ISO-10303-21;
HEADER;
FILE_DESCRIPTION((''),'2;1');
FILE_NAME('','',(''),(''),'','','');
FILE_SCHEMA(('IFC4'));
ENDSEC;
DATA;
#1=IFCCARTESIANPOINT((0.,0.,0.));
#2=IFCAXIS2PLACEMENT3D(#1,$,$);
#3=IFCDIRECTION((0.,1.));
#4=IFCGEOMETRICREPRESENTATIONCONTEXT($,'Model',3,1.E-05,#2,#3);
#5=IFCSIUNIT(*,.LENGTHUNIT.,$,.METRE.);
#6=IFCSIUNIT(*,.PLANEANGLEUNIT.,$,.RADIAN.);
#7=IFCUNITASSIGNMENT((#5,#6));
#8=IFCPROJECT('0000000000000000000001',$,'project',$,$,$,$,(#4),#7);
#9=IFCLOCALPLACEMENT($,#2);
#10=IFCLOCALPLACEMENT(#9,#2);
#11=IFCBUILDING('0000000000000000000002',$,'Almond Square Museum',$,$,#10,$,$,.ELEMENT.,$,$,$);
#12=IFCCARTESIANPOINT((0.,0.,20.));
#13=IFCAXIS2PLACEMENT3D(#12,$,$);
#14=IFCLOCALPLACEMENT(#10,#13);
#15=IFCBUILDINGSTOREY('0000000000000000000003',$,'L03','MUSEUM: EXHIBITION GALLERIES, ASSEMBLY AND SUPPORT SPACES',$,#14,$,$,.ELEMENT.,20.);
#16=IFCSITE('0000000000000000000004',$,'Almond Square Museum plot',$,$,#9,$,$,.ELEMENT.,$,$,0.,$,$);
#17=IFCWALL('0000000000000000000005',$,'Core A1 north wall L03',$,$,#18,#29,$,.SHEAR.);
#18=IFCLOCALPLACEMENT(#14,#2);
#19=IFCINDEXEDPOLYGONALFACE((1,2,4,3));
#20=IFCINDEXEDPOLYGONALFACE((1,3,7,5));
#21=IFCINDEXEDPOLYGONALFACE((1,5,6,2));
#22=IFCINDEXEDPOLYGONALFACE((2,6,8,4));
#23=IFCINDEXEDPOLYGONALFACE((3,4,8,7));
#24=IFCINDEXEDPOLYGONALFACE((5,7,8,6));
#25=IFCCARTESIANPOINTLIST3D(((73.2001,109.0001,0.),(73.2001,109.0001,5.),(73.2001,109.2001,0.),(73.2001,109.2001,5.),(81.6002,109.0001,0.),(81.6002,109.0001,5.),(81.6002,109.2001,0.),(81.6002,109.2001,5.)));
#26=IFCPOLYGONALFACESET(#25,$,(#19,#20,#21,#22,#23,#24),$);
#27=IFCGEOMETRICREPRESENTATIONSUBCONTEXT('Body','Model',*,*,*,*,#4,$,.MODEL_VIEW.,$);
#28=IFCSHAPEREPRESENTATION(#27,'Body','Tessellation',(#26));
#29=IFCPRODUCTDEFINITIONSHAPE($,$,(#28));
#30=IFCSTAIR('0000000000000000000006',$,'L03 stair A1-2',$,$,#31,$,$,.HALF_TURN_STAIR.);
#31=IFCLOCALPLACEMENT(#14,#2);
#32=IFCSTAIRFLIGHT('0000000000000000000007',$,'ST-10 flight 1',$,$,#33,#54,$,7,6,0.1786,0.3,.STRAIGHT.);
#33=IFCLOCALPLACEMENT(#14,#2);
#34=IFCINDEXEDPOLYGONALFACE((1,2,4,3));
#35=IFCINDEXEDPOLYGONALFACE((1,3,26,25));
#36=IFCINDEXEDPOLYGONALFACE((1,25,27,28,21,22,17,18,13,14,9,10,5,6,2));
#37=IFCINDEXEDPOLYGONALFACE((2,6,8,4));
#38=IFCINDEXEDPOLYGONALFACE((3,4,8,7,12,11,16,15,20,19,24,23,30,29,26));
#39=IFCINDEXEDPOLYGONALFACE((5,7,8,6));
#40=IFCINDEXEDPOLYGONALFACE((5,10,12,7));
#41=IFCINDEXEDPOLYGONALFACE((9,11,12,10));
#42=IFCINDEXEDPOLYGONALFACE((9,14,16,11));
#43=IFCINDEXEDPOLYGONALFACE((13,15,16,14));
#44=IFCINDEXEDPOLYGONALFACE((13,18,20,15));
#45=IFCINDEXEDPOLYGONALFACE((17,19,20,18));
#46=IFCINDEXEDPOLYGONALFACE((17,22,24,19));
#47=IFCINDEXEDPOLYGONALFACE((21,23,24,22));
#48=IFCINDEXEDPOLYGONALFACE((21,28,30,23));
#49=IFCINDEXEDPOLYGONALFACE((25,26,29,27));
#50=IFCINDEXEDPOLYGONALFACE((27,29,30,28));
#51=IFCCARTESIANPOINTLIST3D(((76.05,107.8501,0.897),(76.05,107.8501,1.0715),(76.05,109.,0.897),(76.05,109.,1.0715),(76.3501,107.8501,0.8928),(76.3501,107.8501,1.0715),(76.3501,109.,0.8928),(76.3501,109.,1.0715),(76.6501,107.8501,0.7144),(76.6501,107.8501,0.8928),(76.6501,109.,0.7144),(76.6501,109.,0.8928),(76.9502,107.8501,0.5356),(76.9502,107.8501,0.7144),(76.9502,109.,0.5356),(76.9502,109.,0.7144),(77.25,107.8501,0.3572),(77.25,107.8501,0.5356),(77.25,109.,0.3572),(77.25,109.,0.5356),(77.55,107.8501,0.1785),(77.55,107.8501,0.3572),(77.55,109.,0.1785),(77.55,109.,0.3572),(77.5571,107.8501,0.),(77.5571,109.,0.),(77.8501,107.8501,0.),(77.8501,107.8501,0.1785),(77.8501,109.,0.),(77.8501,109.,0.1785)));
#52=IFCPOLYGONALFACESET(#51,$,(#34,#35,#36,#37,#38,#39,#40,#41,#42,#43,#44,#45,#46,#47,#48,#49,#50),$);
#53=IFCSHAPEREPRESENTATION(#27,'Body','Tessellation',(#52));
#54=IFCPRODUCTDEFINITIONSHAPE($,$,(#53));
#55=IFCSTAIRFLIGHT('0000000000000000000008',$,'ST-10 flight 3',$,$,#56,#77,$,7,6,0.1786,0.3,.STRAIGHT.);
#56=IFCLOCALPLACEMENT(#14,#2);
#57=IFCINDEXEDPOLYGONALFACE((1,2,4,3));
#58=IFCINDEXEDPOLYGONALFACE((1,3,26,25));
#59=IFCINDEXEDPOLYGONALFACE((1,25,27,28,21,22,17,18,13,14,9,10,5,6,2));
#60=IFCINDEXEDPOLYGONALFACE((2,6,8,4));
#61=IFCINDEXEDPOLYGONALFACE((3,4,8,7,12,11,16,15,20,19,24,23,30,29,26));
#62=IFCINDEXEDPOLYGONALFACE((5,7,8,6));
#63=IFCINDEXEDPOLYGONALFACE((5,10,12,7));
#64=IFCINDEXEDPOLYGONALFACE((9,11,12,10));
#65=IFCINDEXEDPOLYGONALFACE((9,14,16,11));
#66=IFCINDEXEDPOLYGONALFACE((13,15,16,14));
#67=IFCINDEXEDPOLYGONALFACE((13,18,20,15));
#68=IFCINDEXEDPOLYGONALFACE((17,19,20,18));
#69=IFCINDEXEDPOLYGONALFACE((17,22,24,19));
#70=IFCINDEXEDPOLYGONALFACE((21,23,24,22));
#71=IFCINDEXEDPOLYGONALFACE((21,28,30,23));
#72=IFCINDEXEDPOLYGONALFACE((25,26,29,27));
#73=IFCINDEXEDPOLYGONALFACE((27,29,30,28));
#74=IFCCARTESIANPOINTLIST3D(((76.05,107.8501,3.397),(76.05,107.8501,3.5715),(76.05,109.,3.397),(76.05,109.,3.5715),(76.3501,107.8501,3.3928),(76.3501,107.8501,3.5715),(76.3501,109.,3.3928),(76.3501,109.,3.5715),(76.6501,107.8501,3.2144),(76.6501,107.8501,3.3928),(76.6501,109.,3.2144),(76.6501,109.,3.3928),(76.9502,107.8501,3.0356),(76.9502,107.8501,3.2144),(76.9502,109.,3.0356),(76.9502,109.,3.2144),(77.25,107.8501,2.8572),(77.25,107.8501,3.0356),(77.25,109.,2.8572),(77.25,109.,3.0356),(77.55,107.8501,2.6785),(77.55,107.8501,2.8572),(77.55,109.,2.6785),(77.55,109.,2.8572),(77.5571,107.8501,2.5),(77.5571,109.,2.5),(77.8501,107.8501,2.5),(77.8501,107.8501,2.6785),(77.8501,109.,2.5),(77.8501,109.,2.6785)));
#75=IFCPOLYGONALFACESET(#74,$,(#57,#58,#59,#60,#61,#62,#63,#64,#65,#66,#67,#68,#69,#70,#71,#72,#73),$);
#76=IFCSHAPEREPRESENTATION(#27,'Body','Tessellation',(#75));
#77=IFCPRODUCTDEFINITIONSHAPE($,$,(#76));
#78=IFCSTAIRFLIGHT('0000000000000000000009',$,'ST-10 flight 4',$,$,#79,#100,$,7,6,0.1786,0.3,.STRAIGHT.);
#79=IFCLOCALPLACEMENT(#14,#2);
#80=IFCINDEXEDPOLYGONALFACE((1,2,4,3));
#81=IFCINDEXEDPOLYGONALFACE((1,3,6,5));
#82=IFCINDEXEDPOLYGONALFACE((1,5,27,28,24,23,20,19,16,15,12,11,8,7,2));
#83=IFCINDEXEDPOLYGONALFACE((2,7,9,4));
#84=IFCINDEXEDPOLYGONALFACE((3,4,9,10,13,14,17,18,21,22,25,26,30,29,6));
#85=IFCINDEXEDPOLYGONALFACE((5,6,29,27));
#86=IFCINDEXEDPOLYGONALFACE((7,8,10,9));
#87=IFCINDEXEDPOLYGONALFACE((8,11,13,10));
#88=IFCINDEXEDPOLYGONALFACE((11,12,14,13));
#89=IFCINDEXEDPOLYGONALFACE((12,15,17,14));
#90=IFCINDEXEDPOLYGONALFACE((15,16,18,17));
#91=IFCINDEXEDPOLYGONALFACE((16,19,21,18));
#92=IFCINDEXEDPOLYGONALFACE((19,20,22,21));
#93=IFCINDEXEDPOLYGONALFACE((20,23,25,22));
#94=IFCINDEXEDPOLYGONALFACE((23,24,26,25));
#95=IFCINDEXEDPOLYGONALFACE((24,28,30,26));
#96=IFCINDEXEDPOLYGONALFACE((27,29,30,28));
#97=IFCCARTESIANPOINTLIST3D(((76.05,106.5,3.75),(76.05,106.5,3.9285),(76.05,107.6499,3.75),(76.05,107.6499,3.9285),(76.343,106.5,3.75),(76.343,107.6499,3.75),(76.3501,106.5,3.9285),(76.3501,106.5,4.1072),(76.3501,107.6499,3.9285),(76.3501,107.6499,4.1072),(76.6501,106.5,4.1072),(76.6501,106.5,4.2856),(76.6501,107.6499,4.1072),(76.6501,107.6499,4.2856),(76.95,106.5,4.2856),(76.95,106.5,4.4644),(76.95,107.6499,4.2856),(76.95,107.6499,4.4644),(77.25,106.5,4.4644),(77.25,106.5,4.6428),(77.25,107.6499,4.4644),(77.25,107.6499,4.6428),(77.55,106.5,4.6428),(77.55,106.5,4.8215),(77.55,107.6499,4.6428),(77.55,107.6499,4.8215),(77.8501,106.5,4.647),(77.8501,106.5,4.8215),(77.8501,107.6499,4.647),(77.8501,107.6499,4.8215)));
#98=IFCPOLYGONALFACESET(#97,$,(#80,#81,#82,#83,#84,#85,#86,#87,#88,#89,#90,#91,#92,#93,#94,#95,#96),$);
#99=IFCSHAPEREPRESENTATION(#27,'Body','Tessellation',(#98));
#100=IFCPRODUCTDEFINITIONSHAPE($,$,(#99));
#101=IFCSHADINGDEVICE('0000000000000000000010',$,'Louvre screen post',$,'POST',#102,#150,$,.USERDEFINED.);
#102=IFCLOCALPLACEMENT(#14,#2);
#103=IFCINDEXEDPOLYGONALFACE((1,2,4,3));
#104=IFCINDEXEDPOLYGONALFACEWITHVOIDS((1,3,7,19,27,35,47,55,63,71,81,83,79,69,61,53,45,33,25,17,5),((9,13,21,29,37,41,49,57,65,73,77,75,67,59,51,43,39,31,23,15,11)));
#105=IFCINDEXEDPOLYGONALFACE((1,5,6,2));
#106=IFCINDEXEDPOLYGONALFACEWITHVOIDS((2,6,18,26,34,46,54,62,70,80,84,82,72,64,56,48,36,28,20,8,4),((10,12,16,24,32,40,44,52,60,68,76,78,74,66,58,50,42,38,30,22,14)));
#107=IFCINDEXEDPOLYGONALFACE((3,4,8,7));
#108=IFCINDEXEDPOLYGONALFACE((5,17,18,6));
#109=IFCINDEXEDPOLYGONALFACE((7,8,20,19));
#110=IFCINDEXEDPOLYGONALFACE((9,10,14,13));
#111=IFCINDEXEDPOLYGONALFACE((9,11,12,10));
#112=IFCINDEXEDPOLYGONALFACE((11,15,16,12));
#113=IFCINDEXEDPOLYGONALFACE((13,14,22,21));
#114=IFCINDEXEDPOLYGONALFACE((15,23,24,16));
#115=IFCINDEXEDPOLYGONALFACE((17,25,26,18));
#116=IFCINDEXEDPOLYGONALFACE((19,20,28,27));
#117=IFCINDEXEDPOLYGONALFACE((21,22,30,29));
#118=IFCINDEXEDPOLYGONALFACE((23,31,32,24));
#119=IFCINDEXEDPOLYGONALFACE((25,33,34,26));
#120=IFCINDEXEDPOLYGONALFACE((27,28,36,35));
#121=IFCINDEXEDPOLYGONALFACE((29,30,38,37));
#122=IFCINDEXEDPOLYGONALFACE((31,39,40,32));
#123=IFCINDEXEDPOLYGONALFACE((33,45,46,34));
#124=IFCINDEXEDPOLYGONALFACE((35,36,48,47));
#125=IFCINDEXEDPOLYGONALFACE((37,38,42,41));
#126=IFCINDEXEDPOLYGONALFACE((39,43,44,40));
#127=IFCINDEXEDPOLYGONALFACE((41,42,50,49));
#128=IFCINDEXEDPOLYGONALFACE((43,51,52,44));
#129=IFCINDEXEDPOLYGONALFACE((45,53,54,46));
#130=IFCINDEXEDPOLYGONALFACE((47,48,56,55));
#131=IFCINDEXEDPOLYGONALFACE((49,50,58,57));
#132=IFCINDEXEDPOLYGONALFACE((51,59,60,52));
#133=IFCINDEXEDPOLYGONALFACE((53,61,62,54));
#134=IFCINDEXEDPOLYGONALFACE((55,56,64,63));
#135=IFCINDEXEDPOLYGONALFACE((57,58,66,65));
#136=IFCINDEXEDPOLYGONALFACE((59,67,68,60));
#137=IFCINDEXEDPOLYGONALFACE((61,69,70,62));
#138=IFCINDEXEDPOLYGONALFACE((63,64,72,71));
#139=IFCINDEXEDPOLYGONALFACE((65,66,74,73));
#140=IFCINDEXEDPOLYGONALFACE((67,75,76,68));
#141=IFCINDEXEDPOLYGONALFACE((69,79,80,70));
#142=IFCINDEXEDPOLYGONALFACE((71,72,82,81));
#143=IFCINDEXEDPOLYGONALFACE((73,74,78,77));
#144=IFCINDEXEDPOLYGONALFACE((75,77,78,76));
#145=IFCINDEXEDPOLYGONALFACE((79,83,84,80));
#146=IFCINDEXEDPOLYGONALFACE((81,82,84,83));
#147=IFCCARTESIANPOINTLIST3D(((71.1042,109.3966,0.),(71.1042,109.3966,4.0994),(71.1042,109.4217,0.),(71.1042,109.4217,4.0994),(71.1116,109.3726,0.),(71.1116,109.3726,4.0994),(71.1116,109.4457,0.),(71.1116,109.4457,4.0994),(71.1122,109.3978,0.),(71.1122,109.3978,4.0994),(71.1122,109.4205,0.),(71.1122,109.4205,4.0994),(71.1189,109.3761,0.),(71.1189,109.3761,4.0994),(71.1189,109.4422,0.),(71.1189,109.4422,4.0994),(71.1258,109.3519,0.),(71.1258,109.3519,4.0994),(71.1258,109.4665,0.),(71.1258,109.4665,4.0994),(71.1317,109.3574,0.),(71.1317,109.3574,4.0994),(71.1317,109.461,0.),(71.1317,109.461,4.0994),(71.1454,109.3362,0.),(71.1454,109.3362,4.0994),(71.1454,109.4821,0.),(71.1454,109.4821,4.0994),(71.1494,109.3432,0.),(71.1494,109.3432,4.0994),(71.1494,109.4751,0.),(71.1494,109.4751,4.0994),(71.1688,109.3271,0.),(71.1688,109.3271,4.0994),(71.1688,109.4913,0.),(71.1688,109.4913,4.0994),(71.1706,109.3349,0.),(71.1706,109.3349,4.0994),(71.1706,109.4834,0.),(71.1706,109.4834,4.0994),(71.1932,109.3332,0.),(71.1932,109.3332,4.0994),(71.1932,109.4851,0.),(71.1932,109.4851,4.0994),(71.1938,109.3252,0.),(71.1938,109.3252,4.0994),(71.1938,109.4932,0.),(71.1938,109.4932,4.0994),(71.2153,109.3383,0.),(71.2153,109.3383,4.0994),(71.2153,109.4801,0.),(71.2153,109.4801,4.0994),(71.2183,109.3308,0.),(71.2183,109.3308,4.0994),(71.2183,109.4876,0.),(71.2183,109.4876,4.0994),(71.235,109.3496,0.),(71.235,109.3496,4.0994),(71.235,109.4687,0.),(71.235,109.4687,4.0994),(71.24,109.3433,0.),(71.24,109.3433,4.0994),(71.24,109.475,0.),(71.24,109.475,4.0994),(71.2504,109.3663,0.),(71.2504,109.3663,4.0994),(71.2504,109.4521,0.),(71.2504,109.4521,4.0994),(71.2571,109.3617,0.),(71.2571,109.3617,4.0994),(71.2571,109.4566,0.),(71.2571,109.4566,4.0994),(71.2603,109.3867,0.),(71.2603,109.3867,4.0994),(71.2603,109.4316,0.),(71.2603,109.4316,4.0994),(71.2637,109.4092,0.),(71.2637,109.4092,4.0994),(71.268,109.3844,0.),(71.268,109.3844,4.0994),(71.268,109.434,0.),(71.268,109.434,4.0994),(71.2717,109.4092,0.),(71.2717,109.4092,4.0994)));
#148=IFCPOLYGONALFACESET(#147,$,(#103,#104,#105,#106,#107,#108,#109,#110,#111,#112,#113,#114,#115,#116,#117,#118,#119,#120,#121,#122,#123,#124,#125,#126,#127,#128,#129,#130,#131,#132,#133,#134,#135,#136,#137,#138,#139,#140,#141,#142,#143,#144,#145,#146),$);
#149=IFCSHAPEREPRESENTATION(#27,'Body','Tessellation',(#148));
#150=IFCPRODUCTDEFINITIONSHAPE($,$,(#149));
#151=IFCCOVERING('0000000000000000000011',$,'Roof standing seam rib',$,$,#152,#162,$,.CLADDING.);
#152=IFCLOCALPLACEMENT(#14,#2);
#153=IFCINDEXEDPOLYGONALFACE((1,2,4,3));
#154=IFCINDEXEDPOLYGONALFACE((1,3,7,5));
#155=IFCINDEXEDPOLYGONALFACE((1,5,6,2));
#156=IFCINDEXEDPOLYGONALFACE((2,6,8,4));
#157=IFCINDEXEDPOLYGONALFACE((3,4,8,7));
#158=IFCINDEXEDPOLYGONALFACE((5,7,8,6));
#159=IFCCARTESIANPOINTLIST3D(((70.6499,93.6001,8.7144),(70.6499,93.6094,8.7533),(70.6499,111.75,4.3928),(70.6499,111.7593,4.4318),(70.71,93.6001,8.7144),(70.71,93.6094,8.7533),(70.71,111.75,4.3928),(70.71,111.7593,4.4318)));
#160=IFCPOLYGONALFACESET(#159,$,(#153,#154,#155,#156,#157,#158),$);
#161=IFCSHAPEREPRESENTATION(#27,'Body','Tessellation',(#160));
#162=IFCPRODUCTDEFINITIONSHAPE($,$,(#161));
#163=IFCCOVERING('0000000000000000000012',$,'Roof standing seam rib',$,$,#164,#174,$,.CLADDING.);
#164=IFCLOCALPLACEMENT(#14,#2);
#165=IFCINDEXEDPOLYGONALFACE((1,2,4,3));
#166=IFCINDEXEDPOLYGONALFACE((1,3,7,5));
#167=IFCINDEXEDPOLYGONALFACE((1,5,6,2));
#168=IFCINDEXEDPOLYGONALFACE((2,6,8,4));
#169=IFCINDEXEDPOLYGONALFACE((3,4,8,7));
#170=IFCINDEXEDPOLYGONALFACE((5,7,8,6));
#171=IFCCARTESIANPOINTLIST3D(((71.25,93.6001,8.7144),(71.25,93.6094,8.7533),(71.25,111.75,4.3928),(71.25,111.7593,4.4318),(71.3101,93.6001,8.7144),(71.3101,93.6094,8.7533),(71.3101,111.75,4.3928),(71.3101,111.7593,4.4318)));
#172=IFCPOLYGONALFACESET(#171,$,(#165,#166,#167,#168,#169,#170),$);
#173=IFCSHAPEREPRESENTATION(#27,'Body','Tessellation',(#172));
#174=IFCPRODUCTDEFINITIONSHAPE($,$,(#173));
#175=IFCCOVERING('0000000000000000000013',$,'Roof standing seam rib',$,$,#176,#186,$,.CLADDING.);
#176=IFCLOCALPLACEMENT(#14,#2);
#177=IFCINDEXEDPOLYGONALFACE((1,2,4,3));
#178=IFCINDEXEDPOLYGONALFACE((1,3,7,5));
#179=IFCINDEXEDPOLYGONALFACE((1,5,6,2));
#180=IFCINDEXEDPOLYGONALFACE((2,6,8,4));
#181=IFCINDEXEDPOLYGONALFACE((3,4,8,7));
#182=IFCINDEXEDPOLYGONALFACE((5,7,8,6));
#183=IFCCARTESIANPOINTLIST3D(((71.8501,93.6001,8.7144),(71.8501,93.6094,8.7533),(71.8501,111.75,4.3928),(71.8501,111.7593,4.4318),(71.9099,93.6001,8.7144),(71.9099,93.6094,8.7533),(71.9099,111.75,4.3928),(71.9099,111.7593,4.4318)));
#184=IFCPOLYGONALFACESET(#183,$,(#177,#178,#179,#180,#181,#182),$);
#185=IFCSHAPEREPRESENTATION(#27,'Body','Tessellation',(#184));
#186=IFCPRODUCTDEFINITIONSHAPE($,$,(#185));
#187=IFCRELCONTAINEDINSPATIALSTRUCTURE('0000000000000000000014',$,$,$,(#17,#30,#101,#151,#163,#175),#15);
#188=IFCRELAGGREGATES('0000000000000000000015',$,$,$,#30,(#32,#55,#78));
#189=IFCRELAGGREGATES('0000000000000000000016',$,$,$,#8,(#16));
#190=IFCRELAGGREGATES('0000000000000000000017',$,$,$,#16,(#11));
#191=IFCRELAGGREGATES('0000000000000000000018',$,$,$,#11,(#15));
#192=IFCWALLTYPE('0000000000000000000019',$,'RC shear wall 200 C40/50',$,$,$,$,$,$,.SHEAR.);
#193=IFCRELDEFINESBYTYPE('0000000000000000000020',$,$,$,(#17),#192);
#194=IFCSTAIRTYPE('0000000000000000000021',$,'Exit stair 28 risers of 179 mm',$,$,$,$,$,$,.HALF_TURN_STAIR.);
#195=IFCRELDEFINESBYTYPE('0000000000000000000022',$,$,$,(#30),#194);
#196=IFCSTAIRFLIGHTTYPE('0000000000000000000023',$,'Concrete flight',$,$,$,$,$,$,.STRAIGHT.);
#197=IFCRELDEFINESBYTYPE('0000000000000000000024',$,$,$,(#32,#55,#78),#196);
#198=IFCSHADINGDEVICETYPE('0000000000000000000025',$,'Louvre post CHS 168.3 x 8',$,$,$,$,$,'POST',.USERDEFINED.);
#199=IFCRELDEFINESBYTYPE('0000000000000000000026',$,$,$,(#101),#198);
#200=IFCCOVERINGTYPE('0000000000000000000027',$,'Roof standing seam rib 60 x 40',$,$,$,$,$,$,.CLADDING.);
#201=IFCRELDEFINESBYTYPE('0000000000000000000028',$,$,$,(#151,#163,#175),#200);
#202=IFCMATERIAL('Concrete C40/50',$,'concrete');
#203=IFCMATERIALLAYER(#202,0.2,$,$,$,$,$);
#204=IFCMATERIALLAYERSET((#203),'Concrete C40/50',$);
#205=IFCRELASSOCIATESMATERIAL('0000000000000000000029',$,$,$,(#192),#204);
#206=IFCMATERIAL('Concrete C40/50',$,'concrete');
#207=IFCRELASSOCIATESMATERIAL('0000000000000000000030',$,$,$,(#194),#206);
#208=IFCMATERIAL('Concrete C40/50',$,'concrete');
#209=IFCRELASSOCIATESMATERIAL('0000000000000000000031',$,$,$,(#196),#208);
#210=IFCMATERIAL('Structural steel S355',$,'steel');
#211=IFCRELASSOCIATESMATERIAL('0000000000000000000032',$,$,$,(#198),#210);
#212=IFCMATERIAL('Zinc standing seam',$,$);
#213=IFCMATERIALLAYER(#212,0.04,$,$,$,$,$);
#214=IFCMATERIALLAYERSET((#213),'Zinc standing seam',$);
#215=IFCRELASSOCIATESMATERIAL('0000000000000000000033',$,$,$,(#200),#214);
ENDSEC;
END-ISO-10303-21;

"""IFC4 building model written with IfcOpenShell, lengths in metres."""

from ifc_helpers import new_model, si_unit, direction, frame, frame_2d, origin, origin_2d, place, context, subcontext, project, spatial, polyline, rectangle, hollow_circle, outline, extrude, material, layer, layer_set, material_profile, profile_set, type_object, element, aggregate, save


model = new_model("IFC4")

# Units and contexts
model_context = context("Model", 3, precision=1e-05, world=origin(), true_north=direction((0.0, 1.0)))
body_context = subcontext(model_context, "Body", "Model", "MODEL_VIEW")
ifc_project = project(units=[si_unit("LENGTHUNIT", "METRE"), si_unit("PLANEANGLEUNIT", "RADIAN")], contexts=[model_context])

# Site, building, storey
site_placement = place(None, origin())
site = spatial("IfcSite", under=ifc_project, at=site_placement, Name="Almond Square Museum plot", CompositionType="ELEMENT", RefElevation=0.0)
building_placement = place(site_placement, origin())
building = spatial("IfcBuilding", under=site, at=building_placement, Name="Almond Square Museum", CompositionType="ELEMENT")
storey_placement = place(building_placement, frame((0.0, 0.0, 20.0)))
storey = spatial("IfcBuildingStorey", under=building, at=storey_placement, Name="L03", Description="MUSEUM: EXHIBITION GALLERIES, ASSEMBLY AND SUPPORT SPACES", CompositionType="ELEMENT", Elevation=20.0)

# Wall
ifc_material_1 = material(Name="Concrete C40/50", Category="concrete")
ifc_layer_1 = layer(ifc_material_1, 0.2)
ifc_layer_set_1 = layer_set([ifc_layer_1], Name="Concrete C40/50")
wall_type = type_object("IfcWallType", Name="RC shear wall 200 C40/50", PredefinedType="SHEAR", material=ifc_layer_set_1)
wall_placement = place(storey_placement, frame((73.2, 109.1001, 0.0), z_axis=(0.0, 0.0, 1.0), x_axis=(1.0, 0.0, 0.0)))
element("IfcWall", 1, at=wall_placement, inside=storey, type_object=wall_type, Name="Core A1 north wall L03", PredefinedType="SHEAR", context=body_context, shape_type="SweptSolid", body=[
    extrude(rectangle(XDim=8.4001, YDim=0.2, at=frame_2d((4.2002, 0.0))), origin(), (0.0, 0.0, 1.0), 5.0),
])

# Stair, stair flights
ifc_material_2 = material(Name="Concrete C40/50", Category="concrete")
stair_type = type_object("IfcStairType", Name="Exit stair 28 risers of 179 mm", PredefinedType="HALF_TURN_STAIR", material=ifc_material_2)
stair_placement = place(storey_placement, origin())
stair = element("IfcStair", 2, at=stair_placement, inside=storey, type_object=stair_type, Name="L03 stair A1-2", PredefinedType="HALF_TURN_STAIR")
ifc_material_3 = material(Name="Concrete C40/50", Category="concrete")
stair_flight_type = type_object("IfcStairFlightType", Name="Concrete flight", PredefinedType="STRAIGHT", material=ifc_material_3)
stair_flight_1_placement = place(storey_placement, frame((77.8501, 108.425, 0.0), z_axis=(0.0, 0.0, 1.0), x_axis=(-1.0, 0.0, 0.0)))
stair_flight_1 = element("IfcStairFlight", 3, at=stair_flight_1_placement, type_object=stair_flight_type, Name="ST-10 flight 1", NumberOfRisers=7, NumberOfTreads=6, PredefinedType="STRAIGHT", RiserHeight=0.1786, TreadLength=0.3, context=body_context, shape_type="SweptSolid", body=[
    extrude(outline(polyline([(0.0, 0.0), (0.0, 0.1785), (0.3, 0.1785), (0.3, 0.3572), (0.6001, 0.3572), (0.6001, 0.5356), (0.8999, 0.5356), (0.8999, 0.7144), (1.2, 0.7144), (1.2, 0.8928), (1.5, 0.8928), (1.5, 1.0715), (1.8, 1.0715), (1.8, 1.25), (1.8, 0.897), (0.293, 0.0), (0.0, 0.0)])), frame((0.0, 0.575, 0.0), z_axis=(0.0, -1.0, 0.0), x_axis=(1.0, 0.0, 0.0)), (0.0, 0.0, 1.0), 1.1499),
])
stair_flight_2_placement = place(storey_placement, frame((77.8501, 108.425, 2.5), z_axis=(0.0, 0.0, 1.0), x_axis=(-1.0, 0.0, 0.0)))
stair_flight_2 = element("IfcStairFlight", 4, at=stair_flight_2_placement, type_object=stair_flight_type, Name="ST-10 flight 3", NumberOfRisers=7, NumberOfTreads=6, PredefinedType="STRAIGHT", RiserHeight=0.1786, TreadLength=0.3, context=body_context, shape_type="SweptSolid", body=[
    extrude(outline(polyline([(0.0, 0.0), (0.0, 0.1785), (0.3, 0.1785), (0.3, 0.3572), (0.6001, 0.3572), (0.6001, 0.5356), (0.8999, 0.5356), (0.8999, 0.7144), (1.2, 0.7144), (1.2, 0.8928), (1.5, 0.8928), (1.5, 1.0715), (1.8, 1.0715), (1.8, 1.25), (1.8, 0.897), (0.293, 0.0), (0.0, 0.0)])), frame((0.0, 0.575, 0.0), z_axis=(0.0, -1.0, 0.0), x_axis=(1.0, 0.0, 0.0)), (0.0, 0.0, 1.0), 1.1499),
])
stair_flight_3_placement = place(storey_placement, frame((76.05, 107.075, 3.75), z_axis=(0.0, 0.0, 1.0), x_axis=(1.0, 0.0, 0.0)))
stair_flight_3 = element("IfcStairFlight", 5, at=stair_flight_3_placement, type_object=stair_flight_type, Name="ST-10 flight 4", NumberOfRisers=7, NumberOfTreads=6, PredefinedType="STRAIGHT", RiserHeight=0.1786, TreadLength=0.3, context=body_context, shape_type="SweptSolid", body=[
    extrude(outline(polyline([(0.0, 0.0), (0.0, 0.1785), (0.3, 0.1785), (0.3, 0.3572), (0.6001, 0.3572), (0.6001, 0.5356), (0.8999, 0.5356), (0.8999, 0.7144), (1.2, 0.7144), (1.2, 0.8928), (1.5, 0.8928), (1.5, 1.0715), (1.8, 1.0715), (1.8, 1.25), (1.8, 0.897), (0.293, 0.0), (0.0, 0.0)])), frame((0.0, 0.575, 0.0), z_axis=(0.0, -1.0, 0.0), x_axis=(1.0, 0.0, 0.0)), (0.0, 0.0, 1.0), 1.1499),
])
aggregate(stair, [stair_flight_1, stair_flight_2, stair_flight_3])

# Shading device
ifc_material_4 = material(Name="Structural steel S355", Category="steel")
ifc_material_profile = material_profile(ifc_material_4, hollow_circle(Radius=0.0842, WallThickness=0.0081, at=origin_2d()))
ifc_profile_set = profile_set([ifc_material_profile], Name="Structural steel S355")
shading_device_type = type_object("IfcShadingDeviceType", Name="Louvre post CHS 168.3 x 8", ElementType="POST", PredefinedType="USERDEFINED", material=ifc_profile_set)
shading_device_placement = place(storey_placement, frame((71.1875, 109.4092, 0.0), z_axis=(0.0, 0.0, 1.0), x_axis=(1.0, 0.0, 0.0)))
element("IfcShadingDevice", 6, at=shading_device_placement, inside=storey, type_object=shading_device_type, Name="Louvre screen post", ObjectType="POST", PredefinedType="USERDEFINED", context=body_context, shape_type="SweptSolid", body=[
    extrude(hollow_circle(Radius=0.0842, WallThickness=0.0081, at=origin_2d()), origin(), (0.0, 0.0, 1.0), 4.0994),
])

# Coverings
ifc_material_5 = material(Name="Zinc standing seam")
ifc_layer_2 = layer(ifc_material_5, 0.04)
ifc_layer_set_2 = layer_set([ifc_layer_2], Name="Zinc standing seam")
covering_type = type_object("IfcCoveringType", Name="Roof standing seam rib 60 x 40", PredefinedType="CLADDING", material=ifc_layer_set_2)
for number, where, z_axis, x_axis, name in (
    (7, (70.71, 111.75, 4.3928), (0.0, 0.231627, 0.972805), (-1.0, 0.0, 0.0), "Roof standing seam rib"),
    (8, (71.3101, 111.75, 4.3928), (0.0, 0.231627, 0.972805), (-1.0, 0.0, 0.0), "Roof standing seam rib"),
):
    element("IfcCovering", number, at=place(storey_placement, frame(where, z_axis=z_axis, x_axis=x_axis)), inside=storey, type_object=covering_type, Name=name, PredefinedType="CLADDING", context=body_context, shape_type="SweptSolid", body=[
        extrude(outline(polyline([(0.0, 0.0), (0.0601, 0.0), (0.0601, 18.6573), (0.0, 18.6573), (0.0, 0.0)])), origin(), (0.0, 0.0, 1.0), 0.04),
    ])
covering_1_placement = place(storey_placement, frame((71.9099, 111.75, 4.3928), z_axis=(0.0, 0.231627, 0.972805), x_axis=(-1.0, 0.0, 0.0)))
element("IfcCovering", 9, at=covering_1_placement, inside=storey, type_object=covering_type, Name="Roof standing seam rib", PredefinedType="CLADDING", context=body_context, shape_type="SweptSolid", body=[
    extrude(outline(polyline([(0.0, 0.0), (0.0598, 0.0), (0.0598, 18.6573), (0.0, 18.6573), (0.0, 0.0)])), origin(), (0.0, 0.0, 1.0), 0.04),
])

save(model, "model.ifc")
